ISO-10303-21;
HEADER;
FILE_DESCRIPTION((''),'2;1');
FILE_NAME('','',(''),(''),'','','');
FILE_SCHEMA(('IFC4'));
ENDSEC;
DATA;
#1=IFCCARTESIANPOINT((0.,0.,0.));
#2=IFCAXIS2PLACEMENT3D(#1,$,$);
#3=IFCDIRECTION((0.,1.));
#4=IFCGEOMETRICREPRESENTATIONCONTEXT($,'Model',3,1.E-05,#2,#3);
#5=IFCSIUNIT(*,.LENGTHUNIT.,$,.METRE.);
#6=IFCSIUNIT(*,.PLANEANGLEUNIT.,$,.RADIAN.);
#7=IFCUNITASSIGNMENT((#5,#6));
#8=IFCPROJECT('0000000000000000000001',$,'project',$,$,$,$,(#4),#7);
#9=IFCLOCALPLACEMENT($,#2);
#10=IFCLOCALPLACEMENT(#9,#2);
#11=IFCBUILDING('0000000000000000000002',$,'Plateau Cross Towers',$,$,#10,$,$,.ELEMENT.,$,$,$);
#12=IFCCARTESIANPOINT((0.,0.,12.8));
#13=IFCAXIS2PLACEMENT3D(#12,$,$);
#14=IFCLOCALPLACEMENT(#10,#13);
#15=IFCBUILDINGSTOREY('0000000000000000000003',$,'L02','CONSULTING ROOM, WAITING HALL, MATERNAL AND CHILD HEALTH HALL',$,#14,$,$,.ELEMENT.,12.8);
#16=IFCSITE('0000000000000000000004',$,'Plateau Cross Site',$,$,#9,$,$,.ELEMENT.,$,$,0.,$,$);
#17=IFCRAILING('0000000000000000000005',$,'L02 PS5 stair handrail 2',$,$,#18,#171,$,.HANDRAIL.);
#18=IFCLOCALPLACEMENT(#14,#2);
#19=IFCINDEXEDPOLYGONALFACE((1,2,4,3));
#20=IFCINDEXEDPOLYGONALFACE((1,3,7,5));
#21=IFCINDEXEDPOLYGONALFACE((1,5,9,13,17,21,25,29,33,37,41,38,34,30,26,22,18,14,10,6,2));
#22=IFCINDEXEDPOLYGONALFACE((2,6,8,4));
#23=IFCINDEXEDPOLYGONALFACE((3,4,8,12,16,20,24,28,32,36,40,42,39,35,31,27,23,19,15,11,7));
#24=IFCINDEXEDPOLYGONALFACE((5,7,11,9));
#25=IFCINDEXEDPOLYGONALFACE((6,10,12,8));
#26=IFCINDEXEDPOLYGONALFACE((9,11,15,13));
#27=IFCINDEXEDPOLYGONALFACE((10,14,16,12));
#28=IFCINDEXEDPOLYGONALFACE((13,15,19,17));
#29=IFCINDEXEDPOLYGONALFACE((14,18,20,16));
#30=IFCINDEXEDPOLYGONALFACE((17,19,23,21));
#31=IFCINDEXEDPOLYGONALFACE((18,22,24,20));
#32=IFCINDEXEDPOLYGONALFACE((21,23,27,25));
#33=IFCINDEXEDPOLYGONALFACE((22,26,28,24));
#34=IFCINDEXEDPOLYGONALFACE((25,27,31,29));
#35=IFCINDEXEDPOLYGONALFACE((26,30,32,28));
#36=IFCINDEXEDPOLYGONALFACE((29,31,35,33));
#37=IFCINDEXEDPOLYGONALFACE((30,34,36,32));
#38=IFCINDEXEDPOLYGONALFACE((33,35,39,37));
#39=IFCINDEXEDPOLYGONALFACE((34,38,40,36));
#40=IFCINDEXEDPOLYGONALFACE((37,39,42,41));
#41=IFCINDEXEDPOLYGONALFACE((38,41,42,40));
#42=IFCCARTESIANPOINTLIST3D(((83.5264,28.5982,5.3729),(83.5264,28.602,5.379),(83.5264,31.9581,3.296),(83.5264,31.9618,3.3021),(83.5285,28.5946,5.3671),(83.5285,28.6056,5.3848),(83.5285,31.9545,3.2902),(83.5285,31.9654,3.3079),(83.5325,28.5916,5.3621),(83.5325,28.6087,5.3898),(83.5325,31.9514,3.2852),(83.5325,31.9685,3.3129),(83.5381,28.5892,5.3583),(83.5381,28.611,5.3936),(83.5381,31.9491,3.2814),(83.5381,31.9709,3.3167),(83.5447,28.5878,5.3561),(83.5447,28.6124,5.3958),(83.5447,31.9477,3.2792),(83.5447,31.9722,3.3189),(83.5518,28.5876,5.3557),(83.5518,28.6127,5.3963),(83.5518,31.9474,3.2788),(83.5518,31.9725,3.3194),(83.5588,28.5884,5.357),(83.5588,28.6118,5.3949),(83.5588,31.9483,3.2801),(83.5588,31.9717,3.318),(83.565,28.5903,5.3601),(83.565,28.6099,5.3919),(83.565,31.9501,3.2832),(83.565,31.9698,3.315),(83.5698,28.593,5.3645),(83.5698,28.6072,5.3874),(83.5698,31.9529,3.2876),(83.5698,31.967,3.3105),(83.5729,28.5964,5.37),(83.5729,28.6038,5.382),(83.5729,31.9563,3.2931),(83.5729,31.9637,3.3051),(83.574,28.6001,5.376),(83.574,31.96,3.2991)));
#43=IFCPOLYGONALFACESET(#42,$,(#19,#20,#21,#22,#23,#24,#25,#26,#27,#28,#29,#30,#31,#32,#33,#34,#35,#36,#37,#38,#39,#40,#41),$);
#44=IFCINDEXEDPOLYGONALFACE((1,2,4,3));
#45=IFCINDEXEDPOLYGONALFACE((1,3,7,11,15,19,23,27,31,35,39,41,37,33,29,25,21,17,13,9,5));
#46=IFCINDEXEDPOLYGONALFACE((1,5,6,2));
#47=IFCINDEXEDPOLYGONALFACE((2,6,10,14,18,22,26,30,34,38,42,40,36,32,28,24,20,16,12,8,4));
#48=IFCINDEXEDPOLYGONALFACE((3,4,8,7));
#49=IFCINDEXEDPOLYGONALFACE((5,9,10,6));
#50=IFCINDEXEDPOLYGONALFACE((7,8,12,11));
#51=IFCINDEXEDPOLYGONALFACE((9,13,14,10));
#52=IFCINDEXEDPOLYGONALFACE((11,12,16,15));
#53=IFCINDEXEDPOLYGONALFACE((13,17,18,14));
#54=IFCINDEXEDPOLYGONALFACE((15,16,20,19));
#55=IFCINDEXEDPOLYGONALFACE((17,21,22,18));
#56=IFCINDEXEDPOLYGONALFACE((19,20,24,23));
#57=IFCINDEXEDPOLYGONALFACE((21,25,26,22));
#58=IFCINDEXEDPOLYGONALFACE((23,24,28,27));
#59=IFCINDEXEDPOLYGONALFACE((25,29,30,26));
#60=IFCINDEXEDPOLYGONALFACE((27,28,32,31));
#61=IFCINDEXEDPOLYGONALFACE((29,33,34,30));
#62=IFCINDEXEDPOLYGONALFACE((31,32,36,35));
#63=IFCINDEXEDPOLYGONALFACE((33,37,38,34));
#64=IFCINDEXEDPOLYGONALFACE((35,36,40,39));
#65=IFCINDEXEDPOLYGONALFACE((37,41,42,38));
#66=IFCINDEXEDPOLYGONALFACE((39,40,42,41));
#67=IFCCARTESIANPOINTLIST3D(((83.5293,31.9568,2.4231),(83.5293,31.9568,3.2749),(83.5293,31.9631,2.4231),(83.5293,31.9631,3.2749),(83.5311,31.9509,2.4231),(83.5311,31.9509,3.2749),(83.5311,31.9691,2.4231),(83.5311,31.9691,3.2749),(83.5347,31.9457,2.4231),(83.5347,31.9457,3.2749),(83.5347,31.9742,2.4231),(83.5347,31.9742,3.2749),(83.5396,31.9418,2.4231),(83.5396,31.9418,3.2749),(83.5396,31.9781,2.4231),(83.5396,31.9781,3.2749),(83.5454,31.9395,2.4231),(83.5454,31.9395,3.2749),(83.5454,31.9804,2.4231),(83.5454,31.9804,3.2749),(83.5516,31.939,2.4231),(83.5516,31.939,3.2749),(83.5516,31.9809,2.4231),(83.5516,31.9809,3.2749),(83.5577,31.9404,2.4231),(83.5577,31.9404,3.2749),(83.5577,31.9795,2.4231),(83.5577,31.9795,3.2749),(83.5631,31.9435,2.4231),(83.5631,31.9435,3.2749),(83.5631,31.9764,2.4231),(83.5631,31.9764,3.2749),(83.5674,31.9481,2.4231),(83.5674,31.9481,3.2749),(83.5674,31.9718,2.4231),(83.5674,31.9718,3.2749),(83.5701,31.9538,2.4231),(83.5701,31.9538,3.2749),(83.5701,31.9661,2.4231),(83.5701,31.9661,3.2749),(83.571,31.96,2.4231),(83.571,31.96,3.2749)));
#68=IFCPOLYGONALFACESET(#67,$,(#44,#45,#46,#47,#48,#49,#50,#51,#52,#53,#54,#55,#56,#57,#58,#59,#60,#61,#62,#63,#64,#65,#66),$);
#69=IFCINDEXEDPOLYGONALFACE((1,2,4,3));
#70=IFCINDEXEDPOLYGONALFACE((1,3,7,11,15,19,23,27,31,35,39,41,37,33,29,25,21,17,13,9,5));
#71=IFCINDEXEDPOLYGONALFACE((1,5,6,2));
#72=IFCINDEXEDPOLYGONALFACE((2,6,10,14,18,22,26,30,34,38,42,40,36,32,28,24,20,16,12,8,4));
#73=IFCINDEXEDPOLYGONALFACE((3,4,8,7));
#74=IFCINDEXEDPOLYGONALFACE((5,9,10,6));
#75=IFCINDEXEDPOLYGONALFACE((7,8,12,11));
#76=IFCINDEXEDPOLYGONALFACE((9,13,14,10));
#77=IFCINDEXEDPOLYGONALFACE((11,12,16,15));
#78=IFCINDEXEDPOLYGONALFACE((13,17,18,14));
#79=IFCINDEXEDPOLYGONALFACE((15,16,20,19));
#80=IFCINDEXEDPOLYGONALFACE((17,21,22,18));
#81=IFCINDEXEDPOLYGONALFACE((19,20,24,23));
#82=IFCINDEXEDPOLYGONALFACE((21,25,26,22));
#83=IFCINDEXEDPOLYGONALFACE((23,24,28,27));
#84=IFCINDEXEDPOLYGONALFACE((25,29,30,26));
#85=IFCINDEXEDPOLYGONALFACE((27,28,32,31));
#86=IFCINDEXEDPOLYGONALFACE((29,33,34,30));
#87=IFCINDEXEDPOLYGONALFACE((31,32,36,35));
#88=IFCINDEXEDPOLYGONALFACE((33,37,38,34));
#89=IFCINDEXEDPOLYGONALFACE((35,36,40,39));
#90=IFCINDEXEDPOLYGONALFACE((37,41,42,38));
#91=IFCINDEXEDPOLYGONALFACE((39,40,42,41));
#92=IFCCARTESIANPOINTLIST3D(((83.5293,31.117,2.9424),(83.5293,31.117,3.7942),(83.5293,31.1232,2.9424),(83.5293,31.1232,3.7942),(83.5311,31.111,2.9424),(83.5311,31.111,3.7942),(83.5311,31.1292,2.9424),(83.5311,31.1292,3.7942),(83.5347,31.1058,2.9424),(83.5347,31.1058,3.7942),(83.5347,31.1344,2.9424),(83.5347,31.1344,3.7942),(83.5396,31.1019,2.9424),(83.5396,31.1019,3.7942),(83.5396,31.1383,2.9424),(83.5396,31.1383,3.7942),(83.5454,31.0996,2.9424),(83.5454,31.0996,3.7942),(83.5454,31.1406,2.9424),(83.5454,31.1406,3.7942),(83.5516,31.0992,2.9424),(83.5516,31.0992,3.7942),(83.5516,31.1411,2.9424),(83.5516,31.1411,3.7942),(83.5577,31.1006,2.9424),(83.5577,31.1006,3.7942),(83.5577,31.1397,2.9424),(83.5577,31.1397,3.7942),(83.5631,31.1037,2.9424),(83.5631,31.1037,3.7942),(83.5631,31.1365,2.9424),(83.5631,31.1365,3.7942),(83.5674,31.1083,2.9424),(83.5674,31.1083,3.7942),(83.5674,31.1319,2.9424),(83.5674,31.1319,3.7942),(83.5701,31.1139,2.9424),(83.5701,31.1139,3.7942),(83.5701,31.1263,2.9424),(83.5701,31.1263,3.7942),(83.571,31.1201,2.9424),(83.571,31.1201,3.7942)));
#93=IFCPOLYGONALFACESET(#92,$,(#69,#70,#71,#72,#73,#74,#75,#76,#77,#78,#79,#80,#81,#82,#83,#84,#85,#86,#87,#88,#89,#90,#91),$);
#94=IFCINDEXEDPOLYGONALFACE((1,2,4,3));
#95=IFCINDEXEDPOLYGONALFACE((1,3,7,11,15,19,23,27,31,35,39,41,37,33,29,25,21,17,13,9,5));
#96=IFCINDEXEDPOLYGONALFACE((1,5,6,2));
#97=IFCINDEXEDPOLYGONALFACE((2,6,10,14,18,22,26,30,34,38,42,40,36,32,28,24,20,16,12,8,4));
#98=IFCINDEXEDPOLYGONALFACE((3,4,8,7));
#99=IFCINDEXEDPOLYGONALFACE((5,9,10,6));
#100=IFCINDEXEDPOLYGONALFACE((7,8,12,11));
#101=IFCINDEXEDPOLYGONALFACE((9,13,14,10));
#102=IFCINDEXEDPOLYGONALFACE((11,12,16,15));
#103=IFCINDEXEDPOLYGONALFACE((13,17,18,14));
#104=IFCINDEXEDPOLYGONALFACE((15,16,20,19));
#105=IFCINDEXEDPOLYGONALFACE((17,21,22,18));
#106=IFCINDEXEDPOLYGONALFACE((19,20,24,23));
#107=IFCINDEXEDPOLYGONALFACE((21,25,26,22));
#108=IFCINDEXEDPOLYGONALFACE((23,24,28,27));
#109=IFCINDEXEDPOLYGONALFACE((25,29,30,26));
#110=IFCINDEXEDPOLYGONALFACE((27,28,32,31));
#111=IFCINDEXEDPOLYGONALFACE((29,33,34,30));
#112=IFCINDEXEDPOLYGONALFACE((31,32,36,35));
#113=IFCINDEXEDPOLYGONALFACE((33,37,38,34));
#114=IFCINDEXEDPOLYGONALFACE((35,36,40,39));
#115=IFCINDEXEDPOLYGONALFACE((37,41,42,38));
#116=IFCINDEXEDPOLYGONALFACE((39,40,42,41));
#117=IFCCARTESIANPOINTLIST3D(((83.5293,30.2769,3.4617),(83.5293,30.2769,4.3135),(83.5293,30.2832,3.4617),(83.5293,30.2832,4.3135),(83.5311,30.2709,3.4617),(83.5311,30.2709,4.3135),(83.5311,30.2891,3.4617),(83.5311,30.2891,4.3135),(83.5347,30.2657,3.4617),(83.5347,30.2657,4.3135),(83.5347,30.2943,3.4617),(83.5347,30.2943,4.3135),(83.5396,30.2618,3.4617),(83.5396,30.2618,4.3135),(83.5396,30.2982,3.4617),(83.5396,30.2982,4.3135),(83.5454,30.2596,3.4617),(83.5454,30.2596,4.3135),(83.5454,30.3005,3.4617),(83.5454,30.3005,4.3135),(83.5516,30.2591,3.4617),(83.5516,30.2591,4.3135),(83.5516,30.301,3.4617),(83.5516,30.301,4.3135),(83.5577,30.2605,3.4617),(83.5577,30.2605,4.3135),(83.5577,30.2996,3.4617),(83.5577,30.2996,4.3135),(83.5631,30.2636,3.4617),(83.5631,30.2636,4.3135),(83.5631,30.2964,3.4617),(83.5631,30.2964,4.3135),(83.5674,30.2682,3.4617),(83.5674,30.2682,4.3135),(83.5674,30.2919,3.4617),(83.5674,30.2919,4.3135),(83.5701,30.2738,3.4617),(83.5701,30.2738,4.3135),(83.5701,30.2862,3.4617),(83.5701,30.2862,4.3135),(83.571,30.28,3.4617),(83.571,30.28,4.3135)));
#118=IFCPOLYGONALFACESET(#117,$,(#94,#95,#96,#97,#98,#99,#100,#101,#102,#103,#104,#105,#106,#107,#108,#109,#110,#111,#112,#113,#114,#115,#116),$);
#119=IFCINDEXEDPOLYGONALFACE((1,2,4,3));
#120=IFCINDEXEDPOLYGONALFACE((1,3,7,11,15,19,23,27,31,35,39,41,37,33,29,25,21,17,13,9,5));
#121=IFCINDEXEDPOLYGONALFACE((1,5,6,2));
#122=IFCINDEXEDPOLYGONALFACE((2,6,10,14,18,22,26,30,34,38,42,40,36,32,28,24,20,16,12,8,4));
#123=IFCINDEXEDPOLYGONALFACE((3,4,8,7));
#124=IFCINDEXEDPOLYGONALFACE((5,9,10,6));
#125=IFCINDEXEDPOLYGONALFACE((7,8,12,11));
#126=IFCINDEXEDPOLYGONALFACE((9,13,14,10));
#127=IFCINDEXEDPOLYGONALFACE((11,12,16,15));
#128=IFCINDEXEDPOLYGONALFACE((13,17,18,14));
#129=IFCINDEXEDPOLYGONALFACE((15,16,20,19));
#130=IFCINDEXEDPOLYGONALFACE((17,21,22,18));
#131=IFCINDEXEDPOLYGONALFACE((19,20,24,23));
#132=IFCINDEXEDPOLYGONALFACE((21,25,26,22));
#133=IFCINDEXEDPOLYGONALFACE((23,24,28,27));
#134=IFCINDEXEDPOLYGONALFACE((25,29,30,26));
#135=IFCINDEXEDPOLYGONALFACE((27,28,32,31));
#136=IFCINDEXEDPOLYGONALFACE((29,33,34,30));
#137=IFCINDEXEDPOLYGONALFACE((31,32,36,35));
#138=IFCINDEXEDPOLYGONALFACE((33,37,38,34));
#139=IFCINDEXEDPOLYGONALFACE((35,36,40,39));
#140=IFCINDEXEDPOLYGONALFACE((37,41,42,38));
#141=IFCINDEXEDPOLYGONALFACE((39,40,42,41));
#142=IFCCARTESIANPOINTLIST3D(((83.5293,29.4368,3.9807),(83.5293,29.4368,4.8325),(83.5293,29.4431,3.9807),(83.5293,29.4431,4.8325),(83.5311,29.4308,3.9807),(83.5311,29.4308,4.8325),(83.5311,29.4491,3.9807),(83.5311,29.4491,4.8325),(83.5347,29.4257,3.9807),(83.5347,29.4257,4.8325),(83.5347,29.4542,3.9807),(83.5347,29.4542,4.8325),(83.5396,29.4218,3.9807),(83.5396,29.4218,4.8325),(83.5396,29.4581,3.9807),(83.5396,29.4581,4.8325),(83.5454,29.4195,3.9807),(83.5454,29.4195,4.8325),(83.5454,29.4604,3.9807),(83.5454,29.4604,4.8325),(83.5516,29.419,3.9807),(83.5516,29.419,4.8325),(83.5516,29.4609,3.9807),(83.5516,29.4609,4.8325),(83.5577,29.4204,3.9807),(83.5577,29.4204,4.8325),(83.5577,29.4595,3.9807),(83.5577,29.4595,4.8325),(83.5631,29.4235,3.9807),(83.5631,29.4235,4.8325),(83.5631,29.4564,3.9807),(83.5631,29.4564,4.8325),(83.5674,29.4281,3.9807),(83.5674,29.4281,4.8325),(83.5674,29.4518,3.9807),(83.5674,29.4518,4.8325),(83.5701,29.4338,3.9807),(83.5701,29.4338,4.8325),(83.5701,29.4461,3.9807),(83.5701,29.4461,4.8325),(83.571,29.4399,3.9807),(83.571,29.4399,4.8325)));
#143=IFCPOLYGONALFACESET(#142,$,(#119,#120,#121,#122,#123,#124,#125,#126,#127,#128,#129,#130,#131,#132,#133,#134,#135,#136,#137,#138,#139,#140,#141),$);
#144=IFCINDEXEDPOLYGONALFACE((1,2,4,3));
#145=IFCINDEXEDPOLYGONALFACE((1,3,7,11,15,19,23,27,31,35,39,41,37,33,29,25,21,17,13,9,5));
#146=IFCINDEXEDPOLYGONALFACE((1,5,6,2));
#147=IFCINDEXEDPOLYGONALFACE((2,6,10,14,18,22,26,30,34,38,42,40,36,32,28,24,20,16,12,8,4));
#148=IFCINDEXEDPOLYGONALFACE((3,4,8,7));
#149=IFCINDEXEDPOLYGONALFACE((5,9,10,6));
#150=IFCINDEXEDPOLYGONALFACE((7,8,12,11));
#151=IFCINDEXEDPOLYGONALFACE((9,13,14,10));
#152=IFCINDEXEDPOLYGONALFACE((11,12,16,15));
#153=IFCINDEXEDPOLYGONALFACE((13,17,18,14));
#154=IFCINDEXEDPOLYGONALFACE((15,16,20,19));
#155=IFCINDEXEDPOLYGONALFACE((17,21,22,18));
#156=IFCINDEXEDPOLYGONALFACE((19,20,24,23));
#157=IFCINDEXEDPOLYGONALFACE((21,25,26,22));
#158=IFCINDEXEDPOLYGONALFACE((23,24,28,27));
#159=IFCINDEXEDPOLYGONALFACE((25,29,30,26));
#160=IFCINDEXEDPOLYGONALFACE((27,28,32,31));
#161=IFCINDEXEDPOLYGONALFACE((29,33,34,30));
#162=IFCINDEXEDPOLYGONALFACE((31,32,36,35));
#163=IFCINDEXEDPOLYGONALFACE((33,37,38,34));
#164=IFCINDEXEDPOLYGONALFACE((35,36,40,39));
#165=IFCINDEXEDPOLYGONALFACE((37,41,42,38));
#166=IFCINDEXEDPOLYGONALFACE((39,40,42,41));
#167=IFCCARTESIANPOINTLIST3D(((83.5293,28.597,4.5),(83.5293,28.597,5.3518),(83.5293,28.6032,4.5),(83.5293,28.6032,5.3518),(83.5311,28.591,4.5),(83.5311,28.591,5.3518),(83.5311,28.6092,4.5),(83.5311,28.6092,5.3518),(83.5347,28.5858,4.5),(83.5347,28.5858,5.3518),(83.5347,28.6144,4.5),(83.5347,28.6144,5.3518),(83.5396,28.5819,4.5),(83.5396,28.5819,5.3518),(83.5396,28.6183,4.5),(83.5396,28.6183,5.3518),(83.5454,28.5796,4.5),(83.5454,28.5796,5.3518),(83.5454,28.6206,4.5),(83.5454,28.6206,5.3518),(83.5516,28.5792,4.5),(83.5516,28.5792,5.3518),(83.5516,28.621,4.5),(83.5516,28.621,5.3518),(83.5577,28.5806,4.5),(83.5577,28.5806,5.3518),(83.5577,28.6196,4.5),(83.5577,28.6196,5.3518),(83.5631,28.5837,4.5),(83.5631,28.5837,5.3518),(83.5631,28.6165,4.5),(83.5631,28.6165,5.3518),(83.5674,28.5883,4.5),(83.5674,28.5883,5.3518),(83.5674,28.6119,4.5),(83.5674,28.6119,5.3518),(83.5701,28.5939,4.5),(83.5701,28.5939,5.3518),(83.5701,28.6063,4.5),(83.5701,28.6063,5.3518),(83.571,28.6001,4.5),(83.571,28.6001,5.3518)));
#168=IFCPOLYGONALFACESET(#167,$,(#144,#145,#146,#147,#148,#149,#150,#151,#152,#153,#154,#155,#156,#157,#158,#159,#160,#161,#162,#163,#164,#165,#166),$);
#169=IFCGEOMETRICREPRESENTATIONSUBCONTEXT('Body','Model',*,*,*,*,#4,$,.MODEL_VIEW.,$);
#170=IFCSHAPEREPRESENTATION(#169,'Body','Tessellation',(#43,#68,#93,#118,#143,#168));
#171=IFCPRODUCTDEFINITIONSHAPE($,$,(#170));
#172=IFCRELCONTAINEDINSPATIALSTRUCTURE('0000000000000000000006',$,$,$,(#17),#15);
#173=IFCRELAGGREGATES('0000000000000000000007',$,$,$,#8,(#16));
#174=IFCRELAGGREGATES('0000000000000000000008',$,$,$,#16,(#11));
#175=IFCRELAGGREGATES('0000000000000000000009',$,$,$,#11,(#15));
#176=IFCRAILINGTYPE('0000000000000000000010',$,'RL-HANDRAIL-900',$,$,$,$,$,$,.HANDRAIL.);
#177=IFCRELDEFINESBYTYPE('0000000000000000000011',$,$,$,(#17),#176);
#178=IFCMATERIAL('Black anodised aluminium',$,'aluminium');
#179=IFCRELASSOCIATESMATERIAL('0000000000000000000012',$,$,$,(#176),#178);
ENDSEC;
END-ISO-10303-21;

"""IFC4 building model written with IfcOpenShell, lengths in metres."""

from ifc_helpers import new_model, si_unit, direction, frame, origin, origin_2d, place, context, subcontext, project, spatial, circle, extrude, material, type_object, element, save


model = new_model("IFC4")

# Units and contexts
model_context = context("Model", 3, precision=1e-05, world=origin(), true_north=direction((0.0, 1.0)))
body_context = subcontext(model_context, "Body", "Model", "MODEL_VIEW")
ifc_project = project(units=[si_unit("LENGTHUNIT", "METRE"), si_unit("PLANEANGLEUNIT", "RADIAN")], contexts=[model_context])

# Site, building, storey
site_placement = place(None, origin())
site = spatial("IfcSite", under=ifc_project, at=site_placement, Name="Plateau Cross Site", CompositionType="ELEMENT", RefElevation=0.0)
building_placement = place(site_placement, origin())
building = spatial("IfcBuilding", under=site, at=building_placement, Name="Plateau Cross Towers", CompositionType="ELEMENT")
storey_placement = place(building_placement, frame((0.0, 0.0, 12.8)))
storey = spatial("IfcBuildingStorey", under=building, at=storey_placement, Name="L02", Description="CONSULTING ROOM, WAITING HALL, MATERNAL AND CHILD HEALTH HALL", CompositionType="ELEMENT", Elevation=12.8)

# Railing
ifc_material_1 = material(Name="Black anodised aluminium", Category="aluminium")
railing_type_1 = type_object("IfcRailingType", Name="RL-HANDRAIL-900", PredefinedType="HANDRAIL", material=ifc_material_1)
railing_1_placement = place(storey_placement, frame((83.55, 31.96, 2.4231)))
element("IfcRailing", 1, at=railing_1_placement, inside=storey, type_object=railing_type_1, Name="L02 PS5 stair handrail 2", PredefinedType="HANDRAIL", context=body_context, shape_type="SweptSolid", body=[
    extrude(circle(Radius=0.0239, at=origin_2d()), frame((0.0, 0.0, 0.876), z_axis=(0.0, -0.850606, 0.525803), x_axis=(1.0, 0.0, 0.0)), (0.0, 0.0, 1.0), 3.95),
    extrude(circle(Radius=0.021, at=origin_2d()), origin(), (0.0, 0.0, 1.0), 0.8518),
    extrude(circle(Radius=0.021, at=origin_2d()), frame((0.0, -0.8398, 0.5193)), (0.0, 0.0, 1.0), 0.8518),
    extrude(circle(Radius=0.021, at=origin_2d()), frame((0.0, -1.6799, 1.0386)), (0.0, 0.0, 1.0), 0.8518),
    extrude(circle(Radius=0.021, at=origin_2d()), frame((0.0, -2.52, 1.5576)), (0.0, 0.0, 1.0), 0.8518),
    extrude(circle(Radius=0.021, at=origin_2d()), frame((0.0, -3.3599, 2.0769)), (0.0, 0.0, 1.0), 0.8518),
])

save(model, "model.ifc")
